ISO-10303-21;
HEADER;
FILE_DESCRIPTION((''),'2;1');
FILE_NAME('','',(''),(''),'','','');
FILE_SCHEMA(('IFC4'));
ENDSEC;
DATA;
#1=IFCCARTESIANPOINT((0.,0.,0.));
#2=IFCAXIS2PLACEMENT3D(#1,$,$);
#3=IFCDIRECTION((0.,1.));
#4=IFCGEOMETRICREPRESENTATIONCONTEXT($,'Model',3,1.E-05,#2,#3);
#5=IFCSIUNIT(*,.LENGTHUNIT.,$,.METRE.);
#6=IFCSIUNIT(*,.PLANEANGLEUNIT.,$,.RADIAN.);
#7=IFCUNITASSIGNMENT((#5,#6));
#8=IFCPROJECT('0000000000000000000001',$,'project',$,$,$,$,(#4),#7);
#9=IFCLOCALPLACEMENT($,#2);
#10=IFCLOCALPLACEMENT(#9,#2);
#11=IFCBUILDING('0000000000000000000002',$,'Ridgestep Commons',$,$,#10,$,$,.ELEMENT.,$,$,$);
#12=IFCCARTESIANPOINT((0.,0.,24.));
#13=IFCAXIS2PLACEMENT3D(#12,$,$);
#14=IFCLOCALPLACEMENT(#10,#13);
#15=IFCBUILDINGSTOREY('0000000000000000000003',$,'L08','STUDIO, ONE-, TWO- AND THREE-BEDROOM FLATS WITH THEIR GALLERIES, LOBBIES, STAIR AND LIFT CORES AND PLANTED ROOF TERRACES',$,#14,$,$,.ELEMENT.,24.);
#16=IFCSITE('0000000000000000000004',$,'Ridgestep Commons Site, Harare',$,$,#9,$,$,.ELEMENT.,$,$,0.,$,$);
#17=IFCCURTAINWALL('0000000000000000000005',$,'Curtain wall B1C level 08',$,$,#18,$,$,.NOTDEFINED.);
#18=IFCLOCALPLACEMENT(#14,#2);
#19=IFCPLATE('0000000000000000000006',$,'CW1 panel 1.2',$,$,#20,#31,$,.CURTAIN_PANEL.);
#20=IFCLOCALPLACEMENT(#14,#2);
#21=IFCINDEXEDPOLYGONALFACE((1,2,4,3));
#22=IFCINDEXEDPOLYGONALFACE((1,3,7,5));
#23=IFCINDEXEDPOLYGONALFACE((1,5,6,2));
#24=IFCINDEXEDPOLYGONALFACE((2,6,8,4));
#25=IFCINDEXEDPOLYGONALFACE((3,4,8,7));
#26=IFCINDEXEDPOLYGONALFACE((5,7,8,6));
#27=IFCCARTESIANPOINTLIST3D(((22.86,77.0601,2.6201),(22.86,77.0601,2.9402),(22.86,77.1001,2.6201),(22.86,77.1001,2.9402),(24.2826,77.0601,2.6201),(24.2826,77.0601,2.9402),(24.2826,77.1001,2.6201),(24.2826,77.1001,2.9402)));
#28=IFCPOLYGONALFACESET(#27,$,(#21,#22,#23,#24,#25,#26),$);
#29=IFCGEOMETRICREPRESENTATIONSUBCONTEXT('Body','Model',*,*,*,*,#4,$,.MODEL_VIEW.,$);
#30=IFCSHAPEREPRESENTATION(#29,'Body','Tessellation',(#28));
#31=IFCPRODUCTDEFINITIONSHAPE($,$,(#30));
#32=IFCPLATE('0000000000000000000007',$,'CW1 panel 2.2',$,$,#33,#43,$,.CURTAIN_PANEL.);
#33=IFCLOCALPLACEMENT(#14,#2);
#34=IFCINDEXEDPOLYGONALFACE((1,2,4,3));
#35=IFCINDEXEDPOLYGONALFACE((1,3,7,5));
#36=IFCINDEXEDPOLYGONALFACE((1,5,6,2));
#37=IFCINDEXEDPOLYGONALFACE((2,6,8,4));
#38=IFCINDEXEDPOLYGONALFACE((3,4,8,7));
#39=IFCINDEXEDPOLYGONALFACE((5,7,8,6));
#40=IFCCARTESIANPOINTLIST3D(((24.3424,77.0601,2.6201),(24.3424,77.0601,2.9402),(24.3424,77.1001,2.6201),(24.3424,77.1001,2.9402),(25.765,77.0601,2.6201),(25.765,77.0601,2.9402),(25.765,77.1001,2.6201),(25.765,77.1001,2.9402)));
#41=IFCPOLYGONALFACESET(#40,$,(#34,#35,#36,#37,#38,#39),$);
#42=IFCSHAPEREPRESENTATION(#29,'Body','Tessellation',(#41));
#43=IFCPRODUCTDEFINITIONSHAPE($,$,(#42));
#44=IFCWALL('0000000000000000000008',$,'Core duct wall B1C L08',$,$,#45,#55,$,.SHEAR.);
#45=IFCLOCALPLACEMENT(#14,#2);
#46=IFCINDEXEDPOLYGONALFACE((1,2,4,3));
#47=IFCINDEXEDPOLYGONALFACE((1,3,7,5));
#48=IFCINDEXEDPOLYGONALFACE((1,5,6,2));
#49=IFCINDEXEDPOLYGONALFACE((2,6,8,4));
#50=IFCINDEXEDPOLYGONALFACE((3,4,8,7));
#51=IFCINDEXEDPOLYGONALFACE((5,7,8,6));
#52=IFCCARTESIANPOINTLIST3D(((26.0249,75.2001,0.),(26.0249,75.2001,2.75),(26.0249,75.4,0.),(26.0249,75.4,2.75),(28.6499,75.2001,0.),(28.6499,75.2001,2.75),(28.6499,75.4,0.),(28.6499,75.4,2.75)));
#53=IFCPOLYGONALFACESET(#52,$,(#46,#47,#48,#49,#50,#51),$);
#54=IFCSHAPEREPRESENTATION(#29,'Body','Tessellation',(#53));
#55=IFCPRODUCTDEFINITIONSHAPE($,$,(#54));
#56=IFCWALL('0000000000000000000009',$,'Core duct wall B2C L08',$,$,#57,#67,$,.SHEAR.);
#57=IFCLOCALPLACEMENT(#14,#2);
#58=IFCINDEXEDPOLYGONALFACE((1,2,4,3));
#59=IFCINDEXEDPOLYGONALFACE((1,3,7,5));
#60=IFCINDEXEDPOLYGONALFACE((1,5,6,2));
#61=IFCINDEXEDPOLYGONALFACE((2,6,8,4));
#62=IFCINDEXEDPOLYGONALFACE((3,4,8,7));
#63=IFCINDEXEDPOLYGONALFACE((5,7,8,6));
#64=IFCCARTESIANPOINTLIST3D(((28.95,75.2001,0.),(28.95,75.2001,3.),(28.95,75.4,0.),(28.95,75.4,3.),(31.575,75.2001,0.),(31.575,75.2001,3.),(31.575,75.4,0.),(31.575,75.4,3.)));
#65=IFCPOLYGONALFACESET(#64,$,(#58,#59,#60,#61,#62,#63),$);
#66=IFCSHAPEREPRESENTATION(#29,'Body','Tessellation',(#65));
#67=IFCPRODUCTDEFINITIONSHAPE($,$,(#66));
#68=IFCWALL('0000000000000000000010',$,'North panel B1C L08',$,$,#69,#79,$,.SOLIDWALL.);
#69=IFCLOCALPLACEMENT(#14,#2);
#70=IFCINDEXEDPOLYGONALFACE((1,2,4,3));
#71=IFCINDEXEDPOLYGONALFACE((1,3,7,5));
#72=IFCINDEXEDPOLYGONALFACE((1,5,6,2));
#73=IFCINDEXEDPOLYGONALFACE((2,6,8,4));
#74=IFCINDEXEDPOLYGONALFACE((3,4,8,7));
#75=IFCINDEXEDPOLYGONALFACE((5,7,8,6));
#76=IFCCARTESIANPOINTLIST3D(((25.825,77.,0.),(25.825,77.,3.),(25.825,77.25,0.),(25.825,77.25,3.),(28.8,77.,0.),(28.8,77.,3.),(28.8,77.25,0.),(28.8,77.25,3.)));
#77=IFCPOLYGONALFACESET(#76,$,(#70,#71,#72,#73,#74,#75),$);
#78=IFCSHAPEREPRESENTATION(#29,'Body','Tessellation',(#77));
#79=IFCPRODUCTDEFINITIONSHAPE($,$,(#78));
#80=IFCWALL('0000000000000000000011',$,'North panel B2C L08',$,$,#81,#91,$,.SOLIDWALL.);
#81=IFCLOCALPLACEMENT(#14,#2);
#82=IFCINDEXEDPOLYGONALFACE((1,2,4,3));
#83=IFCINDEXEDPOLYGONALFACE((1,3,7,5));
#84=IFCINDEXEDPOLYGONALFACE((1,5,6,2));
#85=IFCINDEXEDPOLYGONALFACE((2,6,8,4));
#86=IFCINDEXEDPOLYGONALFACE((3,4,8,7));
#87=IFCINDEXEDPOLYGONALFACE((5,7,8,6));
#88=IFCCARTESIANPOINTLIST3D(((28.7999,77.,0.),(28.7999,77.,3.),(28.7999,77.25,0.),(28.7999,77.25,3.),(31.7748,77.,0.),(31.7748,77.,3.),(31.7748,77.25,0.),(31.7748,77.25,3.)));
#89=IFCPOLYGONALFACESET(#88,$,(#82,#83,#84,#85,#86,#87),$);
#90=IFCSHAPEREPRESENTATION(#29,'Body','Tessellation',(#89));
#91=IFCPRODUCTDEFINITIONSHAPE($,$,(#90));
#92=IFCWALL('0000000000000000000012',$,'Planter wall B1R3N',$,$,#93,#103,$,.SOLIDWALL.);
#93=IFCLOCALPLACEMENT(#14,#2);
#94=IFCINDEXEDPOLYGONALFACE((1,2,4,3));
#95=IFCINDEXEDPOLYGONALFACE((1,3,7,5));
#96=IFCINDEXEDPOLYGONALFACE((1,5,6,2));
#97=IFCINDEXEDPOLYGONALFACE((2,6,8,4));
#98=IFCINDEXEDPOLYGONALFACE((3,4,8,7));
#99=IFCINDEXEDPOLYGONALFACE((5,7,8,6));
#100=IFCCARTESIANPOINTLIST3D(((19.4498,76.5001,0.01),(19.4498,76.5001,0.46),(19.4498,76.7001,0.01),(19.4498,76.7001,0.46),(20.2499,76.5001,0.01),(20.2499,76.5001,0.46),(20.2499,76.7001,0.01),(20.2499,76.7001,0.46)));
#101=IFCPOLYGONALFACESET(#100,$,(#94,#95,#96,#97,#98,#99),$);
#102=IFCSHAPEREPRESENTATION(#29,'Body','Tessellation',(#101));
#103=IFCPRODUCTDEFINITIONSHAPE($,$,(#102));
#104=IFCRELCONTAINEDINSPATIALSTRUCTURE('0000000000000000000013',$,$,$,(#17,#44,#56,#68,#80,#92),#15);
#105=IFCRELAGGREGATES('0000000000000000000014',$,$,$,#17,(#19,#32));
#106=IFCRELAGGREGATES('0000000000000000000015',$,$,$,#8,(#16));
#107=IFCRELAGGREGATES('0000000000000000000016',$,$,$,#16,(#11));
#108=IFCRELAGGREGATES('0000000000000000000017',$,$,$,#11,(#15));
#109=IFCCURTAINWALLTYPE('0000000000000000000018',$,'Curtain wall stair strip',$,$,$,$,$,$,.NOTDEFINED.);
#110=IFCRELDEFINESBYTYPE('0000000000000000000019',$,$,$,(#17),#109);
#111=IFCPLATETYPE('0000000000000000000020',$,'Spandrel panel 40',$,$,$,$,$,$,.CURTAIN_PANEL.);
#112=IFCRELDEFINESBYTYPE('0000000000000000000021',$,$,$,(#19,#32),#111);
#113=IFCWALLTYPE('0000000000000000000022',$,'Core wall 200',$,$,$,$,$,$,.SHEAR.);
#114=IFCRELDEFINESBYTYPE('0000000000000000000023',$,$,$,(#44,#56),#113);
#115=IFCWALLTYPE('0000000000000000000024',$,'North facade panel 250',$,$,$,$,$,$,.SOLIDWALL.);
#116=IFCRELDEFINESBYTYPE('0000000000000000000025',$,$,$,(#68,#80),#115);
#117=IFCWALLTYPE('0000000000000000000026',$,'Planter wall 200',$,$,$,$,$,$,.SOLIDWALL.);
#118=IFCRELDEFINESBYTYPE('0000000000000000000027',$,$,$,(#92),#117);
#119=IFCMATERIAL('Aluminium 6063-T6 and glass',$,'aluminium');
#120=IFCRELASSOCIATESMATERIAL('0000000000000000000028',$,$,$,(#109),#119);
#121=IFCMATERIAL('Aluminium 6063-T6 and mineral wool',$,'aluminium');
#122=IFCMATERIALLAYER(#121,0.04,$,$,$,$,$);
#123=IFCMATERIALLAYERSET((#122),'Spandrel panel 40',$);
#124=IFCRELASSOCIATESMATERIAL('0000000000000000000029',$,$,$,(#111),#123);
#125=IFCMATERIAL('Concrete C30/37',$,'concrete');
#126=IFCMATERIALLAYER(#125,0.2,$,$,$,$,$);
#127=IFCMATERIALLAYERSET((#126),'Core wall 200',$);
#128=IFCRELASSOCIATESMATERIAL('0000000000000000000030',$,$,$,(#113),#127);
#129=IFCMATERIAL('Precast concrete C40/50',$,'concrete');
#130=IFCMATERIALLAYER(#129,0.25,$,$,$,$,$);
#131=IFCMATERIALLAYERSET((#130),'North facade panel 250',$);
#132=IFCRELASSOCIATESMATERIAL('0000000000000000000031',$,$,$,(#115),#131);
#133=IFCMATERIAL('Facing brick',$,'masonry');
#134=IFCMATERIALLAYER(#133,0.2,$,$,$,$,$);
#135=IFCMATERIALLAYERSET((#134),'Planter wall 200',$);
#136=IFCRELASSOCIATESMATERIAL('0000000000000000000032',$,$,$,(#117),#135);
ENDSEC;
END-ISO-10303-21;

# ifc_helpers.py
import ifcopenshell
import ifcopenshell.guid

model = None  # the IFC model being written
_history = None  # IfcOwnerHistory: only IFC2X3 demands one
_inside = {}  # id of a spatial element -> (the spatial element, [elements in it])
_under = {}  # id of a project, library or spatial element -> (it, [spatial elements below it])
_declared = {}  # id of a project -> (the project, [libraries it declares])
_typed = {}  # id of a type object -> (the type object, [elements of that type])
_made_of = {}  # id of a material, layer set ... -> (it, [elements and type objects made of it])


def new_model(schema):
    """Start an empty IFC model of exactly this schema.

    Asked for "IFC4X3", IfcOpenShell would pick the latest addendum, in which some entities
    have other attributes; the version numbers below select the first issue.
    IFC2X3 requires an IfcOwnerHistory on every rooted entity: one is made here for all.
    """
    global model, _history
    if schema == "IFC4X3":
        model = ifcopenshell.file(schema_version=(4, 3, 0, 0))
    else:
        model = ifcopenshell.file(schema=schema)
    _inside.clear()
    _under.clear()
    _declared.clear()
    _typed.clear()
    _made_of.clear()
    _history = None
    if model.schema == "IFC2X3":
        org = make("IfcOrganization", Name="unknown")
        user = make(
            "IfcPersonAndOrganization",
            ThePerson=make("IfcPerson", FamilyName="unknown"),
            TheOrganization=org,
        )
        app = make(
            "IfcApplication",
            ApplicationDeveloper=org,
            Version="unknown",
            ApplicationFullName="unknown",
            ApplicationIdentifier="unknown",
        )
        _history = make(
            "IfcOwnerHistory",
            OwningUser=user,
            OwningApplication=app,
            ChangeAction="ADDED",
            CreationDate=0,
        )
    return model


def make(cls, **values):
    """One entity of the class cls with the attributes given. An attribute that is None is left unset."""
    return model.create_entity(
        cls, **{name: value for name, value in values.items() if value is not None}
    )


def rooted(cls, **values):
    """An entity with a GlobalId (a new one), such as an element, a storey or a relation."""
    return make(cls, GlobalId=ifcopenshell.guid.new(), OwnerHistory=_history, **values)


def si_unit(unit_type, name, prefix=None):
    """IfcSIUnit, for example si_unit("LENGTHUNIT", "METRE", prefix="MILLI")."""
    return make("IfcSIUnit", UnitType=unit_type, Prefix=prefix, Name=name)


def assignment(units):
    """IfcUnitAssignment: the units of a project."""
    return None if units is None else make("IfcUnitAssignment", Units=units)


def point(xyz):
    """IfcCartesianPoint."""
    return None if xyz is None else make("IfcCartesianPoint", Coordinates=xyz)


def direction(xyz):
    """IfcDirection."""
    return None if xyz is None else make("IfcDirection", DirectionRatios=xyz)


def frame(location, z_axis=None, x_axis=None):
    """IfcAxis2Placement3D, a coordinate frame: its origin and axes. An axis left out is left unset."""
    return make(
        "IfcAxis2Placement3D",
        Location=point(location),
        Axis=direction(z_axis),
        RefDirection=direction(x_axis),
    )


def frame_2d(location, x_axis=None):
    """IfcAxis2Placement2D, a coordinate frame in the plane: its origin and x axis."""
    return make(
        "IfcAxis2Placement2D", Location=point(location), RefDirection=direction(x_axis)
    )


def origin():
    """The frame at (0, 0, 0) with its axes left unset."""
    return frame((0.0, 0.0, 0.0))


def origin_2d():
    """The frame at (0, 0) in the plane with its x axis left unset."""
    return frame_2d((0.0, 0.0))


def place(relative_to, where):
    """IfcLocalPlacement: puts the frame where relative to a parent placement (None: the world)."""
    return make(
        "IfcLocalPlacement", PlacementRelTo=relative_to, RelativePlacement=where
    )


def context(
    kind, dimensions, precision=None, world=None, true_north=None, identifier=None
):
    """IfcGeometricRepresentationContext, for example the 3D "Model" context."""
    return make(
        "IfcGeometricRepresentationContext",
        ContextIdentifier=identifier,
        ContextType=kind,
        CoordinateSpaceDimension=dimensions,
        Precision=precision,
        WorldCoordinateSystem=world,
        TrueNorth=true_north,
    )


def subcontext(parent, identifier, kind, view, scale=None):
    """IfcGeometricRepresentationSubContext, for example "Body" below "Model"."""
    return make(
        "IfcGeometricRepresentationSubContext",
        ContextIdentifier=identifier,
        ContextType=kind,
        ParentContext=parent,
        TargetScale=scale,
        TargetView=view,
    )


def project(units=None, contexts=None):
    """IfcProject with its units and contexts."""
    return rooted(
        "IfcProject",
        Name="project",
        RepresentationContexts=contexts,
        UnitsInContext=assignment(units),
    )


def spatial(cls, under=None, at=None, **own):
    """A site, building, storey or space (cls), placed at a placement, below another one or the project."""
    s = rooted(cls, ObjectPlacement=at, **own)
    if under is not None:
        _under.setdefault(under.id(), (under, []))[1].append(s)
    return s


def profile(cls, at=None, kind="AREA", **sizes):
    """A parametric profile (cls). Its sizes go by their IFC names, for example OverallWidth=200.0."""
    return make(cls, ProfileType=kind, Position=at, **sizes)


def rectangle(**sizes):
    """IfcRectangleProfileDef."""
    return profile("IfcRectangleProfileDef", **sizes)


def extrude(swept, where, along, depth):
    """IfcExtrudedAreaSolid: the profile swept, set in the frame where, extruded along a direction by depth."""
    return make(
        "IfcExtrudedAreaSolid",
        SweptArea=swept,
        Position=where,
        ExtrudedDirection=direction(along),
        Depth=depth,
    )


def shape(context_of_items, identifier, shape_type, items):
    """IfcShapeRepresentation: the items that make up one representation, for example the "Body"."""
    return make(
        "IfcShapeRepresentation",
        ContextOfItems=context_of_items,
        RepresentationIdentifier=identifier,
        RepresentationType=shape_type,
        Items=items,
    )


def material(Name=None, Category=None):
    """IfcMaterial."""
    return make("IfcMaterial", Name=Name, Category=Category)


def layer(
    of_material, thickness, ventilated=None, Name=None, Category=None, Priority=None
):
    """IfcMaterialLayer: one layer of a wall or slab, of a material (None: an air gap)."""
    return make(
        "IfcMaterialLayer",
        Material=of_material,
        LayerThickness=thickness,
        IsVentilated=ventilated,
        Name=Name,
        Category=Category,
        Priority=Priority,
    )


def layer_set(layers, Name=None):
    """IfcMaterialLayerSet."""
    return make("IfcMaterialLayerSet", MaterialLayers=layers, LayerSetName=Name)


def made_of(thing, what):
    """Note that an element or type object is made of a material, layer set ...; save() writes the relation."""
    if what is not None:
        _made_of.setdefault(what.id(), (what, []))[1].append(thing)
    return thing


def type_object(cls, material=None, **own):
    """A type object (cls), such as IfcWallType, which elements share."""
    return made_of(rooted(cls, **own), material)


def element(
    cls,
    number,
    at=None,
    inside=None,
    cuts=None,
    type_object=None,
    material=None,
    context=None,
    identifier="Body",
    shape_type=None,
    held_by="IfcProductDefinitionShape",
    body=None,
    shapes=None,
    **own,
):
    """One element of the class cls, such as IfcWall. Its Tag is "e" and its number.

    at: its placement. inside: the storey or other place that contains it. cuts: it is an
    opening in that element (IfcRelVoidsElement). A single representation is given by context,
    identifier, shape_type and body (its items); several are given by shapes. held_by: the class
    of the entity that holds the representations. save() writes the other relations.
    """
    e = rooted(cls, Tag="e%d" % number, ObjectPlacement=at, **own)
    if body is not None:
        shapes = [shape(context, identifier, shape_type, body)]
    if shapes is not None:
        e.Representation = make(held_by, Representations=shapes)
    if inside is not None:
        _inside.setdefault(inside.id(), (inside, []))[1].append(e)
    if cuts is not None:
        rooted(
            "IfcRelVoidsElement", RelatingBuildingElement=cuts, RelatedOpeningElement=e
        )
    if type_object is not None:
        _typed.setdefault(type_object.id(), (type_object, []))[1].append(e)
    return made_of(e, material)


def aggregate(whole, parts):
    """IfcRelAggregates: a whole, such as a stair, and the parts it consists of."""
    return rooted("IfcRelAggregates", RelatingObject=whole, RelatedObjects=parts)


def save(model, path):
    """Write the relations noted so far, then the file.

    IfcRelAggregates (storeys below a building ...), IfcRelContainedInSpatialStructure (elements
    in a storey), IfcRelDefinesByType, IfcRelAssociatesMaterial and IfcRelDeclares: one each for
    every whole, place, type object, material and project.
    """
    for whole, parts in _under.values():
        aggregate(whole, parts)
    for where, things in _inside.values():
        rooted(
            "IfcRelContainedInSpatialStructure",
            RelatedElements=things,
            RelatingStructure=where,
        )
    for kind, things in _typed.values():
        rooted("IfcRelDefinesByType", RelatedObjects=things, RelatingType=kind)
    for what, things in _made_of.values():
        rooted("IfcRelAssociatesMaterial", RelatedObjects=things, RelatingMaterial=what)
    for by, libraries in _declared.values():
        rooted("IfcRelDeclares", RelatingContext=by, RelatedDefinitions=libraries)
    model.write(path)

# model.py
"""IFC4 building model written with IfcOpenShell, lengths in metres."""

from ifc_helpers import new_model, si_unit, direction, frame, frame_2d, origin, origin_2d, place, context, subcontext, project, spatial, rectangle, extrude, material, layer, layer_set, type_object, element, aggregate, save


model = new_model("IFC4")

# Units and contexts
model_context = context("Model", 3, precision=1e-05, world=origin(), true_north=direction((0.0, 1.0)))
body_context = subcontext(model_context, "Body", "Model", "MODEL_VIEW")
ifc_project = project(units=[si_unit("LENGTHUNIT", "METRE"), si_unit("PLANEANGLEUNIT", "RADIAN")], contexts=[model_context])

# Site, building, storey
site_placement = place(None, origin())
site = spatial("IfcSite", under=ifc_project, at=site_placement, Name="Ridgestep Commons Site, Harare", CompositionType="ELEMENT", RefElevation=0.0)
building_placement = place(site_placement, origin())
building = spatial("IfcBuilding", under=site, at=building_placement, Name="Ridgestep Commons", CompositionType="ELEMENT")
storey_placement = place(building_placement, frame((0.0, 0.0, 24.0)))
storey = spatial("IfcBuildingStorey", under=building, at=storey_placement, Name="L08", Description="STUDIO, ONE-, TWO- AND THREE-BEDROOM FLATS WITH THEIR GALLERIES, LOBBIES, STAIR AND LIFT CORES AND PLANTED ROOF TERRACES", CompositionType="ELEMENT", Elevation=24.0)

# Curtain wall, plates
ifc_material_1 = material(Name="Aluminium 6063-T6 and glass", Category="aluminium")
curtain_wall_type = type_object("IfcCurtainWallType", Name="Curtain wall stair strip", PredefinedType="NOTDEFINED", material=ifc_material_1)
curtain_wall_placement = place(storey_placement, origin())
curtain_wall = element("IfcCurtainWall", 1, at=curtain_wall_placement, inside=storey, type_object=curtain_wall_type, Name="Curtain wall B1C level 08", PredefinedType="NOTDEFINED")
ifc_material_2 = material(Name="Aluminium 6063-T6 and mineral wool", Category="aluminium")
ifc_layer_1 = layer(ifc_material_2, 0.04)
ifc_layer_set_1 = layer_set([ifc_layer_1], Name="Spandrel panel 40")
plate_type_1 = type_object("IfcPlateType", Name="Spandrel panel 40", PredefinedType="CURTAIN_PANEL", material=ifc_layer_set_1)
plate_1_placement = place(storey_placement, frame((23.5713, 77.0801, 2.6201), z_axis=(0.0, 0.0, 1.0), x_axis=(1.0, 0.0, 0.0)))
plate_1 = element("IfcPlate", 2, at=plate_1_placement, type_object=plate_type_1, Name="CW1 panel 1.2", PredefinedType="CURTAIN_PANEL", context=body_context, shape_type="SweptSolid", body=[
    extrude(rectangle(XDim=1.4226, YDim=0.04, at=origin_2d()), origin(), (0.0, 0.0, 1.0), 0.3201),
])
plate_2_placement = place(storey_placement, frame((25.0537, 77.0801, 2.6201), z_axis=(0.0, 0.0, 1.0), x_axis=(1.0, 0.0, 0.0)))
plate_2 = element("IfcPlate", 3, at=plate_2_placement, type_object=plate_type_1, Name="CW1 panel 2.2", PredefinedType="CURTAIN_PANEL", context=body_context, shape_type="SweptSolid", body=[
    extrude(rectangle(XDim=1.4226, YDim=0.04, at=origin_2d()), origin(), (0.0, 0.0, 1.0), 0.3201),
])
aggregate(curtain_wall, [plate_1, plate_2])

# Walls
ifc_material_3 = material(Name="Concrete C30/37", Category="concrete")
ifc_layer_2 = layer(ifc_material_3, 0.2)
ifc_layer_set_2 = layer_set([ifc_layer_2], Name="Core wall 200")
wall_type_1 = type_object("IfcWallType", Name="Core wall 200", PredefinedType="SHEAR", material=ifc_layer_set_2)
wall_1_placement = place(storey_placement, frame((26.0249, 75.3, 0.0), z_axis=(0.0, 0.0, 1.0), x_axis=(1.0, 0.0, 0.0)))
element("IfcWall", 4, at=wall_1_placement, inside=storey, type_object=wall_type_1, Name="Core duct wall B1C L08", PredefinedType="SHEAR", context=body_context, shape_type="SweptSolid", body=[
    extrude(rectangle(XDim=2.625, YDim=0.2, at=frame_2d((1.3125, 0.0))), origin(), (0.0, 0.0, 1.0), 2.75),
])
wall_2_placement = place(storey_placement, frame((28.95, 75.3, 0.0), z_axis=(0.0, 0.0, 1.0), x_axis=(1.0, 0.0, 0.0)))
element("IfcWall", 5, at=wall_2_placement, inside=storey, type_object=wall_type_1, Name="Core duct wall B2C L08", PredefinedType="SHEAR", context=body_context, shape_type="SweptSolid", body=[
    extrude(rectangle(XDim=2.625, YDim=0.2, at=frame_2d((1.3125, 0.0))), origin(), (0.0, 0.0, 1.0), 3.0),
])
ifc_material_4 = material(Name="Precast concrete C40/50", Category="concrete")
ifc_layer_3 = layer(ifc_material_4, 0.25)
ifc_layer_set_3 = layer_set([ifc_layer_3], Name="North facade panel 250")
wall_type_2 = type_object("IfcWallType", Name="North facade panel 250", PredefinedType="SOLIDWALL", material=ifc_layer_set_3)
wall_3_placement = place(storey_placement, frame((25.825, 77.125, 0.0), z_axis=(0.0, 0.0, 1.0), x_axis=(1.0, 0.0, 0.0)))
element("IfcWall", 6, at=wall_3_placement, inside=storey, type_object=wall_type_2, Name="North panel B1C L08", PredefinedType="SOLIDWALL", context=body_context, shape_type="SweptSolid", body=[
    extrude(rectangle(XDim=2.9751, YDim=0.25, at=frame_2d((1.4875, 0.0))), origin(), (0.0, 0.0, 1.0), 3.0),
])
wall_4_placement = place(storey_placement, frame((28.8, 77.125, 0.0), z_axis=(0.0, 0.0, 1.0), x_axis=(1.0, 0.0, 0.0)))
element("IfcWall", 7, at=wall_4_placement, inside=storey, type_object=wall_type_2, Name="North panel B2C L08", PredefinedType="SOLIDWALL", context=body_context, shape_type="SweptSolid", body=[
    extrude(rectangle(XDim=2.9749, YDim=0.25, at=frame_2d((1.4873, 0.0))), origin(), (0.0, 0.0, 1.0), 3.0),
])
ifc_material_5 = material(Name="Facing brick", Category="masonry")
ifc_layer_4 = layer(ifc_material_5, 0.2)
ifc_layer_set_4 = layer_set([ifc_layer_4], Name="Planter wall 200")
wall_type_3 = type_object("IfcWallType", Name="Planter wall 200", PredefinedType="SOLIDWALL", material=ifc_layer_set_4)
wall_5_placement = place(storey_placement, frame((19.45, 76.6001, 0.01), z_axis=(0.0, 0.0, 1.0), x_axis=(1.0, 0.0, 0.0)))
element("IfcWall", 8, at=wall_5_placement, inside=storey, type_object=wall_type_3, Name="Planter wall B1R3N", PredefinedType="SOLIDWALL", context=body_context, shape_type="SweptSolid", body=[
    extrude(rectangle(XDim=0.8, YDim=0.2, at=frame_2d((0.3999, 0.0))), origin(), (0.0, 0.0, 1.0), 0.45),
])

save(model, "model.ifc")
